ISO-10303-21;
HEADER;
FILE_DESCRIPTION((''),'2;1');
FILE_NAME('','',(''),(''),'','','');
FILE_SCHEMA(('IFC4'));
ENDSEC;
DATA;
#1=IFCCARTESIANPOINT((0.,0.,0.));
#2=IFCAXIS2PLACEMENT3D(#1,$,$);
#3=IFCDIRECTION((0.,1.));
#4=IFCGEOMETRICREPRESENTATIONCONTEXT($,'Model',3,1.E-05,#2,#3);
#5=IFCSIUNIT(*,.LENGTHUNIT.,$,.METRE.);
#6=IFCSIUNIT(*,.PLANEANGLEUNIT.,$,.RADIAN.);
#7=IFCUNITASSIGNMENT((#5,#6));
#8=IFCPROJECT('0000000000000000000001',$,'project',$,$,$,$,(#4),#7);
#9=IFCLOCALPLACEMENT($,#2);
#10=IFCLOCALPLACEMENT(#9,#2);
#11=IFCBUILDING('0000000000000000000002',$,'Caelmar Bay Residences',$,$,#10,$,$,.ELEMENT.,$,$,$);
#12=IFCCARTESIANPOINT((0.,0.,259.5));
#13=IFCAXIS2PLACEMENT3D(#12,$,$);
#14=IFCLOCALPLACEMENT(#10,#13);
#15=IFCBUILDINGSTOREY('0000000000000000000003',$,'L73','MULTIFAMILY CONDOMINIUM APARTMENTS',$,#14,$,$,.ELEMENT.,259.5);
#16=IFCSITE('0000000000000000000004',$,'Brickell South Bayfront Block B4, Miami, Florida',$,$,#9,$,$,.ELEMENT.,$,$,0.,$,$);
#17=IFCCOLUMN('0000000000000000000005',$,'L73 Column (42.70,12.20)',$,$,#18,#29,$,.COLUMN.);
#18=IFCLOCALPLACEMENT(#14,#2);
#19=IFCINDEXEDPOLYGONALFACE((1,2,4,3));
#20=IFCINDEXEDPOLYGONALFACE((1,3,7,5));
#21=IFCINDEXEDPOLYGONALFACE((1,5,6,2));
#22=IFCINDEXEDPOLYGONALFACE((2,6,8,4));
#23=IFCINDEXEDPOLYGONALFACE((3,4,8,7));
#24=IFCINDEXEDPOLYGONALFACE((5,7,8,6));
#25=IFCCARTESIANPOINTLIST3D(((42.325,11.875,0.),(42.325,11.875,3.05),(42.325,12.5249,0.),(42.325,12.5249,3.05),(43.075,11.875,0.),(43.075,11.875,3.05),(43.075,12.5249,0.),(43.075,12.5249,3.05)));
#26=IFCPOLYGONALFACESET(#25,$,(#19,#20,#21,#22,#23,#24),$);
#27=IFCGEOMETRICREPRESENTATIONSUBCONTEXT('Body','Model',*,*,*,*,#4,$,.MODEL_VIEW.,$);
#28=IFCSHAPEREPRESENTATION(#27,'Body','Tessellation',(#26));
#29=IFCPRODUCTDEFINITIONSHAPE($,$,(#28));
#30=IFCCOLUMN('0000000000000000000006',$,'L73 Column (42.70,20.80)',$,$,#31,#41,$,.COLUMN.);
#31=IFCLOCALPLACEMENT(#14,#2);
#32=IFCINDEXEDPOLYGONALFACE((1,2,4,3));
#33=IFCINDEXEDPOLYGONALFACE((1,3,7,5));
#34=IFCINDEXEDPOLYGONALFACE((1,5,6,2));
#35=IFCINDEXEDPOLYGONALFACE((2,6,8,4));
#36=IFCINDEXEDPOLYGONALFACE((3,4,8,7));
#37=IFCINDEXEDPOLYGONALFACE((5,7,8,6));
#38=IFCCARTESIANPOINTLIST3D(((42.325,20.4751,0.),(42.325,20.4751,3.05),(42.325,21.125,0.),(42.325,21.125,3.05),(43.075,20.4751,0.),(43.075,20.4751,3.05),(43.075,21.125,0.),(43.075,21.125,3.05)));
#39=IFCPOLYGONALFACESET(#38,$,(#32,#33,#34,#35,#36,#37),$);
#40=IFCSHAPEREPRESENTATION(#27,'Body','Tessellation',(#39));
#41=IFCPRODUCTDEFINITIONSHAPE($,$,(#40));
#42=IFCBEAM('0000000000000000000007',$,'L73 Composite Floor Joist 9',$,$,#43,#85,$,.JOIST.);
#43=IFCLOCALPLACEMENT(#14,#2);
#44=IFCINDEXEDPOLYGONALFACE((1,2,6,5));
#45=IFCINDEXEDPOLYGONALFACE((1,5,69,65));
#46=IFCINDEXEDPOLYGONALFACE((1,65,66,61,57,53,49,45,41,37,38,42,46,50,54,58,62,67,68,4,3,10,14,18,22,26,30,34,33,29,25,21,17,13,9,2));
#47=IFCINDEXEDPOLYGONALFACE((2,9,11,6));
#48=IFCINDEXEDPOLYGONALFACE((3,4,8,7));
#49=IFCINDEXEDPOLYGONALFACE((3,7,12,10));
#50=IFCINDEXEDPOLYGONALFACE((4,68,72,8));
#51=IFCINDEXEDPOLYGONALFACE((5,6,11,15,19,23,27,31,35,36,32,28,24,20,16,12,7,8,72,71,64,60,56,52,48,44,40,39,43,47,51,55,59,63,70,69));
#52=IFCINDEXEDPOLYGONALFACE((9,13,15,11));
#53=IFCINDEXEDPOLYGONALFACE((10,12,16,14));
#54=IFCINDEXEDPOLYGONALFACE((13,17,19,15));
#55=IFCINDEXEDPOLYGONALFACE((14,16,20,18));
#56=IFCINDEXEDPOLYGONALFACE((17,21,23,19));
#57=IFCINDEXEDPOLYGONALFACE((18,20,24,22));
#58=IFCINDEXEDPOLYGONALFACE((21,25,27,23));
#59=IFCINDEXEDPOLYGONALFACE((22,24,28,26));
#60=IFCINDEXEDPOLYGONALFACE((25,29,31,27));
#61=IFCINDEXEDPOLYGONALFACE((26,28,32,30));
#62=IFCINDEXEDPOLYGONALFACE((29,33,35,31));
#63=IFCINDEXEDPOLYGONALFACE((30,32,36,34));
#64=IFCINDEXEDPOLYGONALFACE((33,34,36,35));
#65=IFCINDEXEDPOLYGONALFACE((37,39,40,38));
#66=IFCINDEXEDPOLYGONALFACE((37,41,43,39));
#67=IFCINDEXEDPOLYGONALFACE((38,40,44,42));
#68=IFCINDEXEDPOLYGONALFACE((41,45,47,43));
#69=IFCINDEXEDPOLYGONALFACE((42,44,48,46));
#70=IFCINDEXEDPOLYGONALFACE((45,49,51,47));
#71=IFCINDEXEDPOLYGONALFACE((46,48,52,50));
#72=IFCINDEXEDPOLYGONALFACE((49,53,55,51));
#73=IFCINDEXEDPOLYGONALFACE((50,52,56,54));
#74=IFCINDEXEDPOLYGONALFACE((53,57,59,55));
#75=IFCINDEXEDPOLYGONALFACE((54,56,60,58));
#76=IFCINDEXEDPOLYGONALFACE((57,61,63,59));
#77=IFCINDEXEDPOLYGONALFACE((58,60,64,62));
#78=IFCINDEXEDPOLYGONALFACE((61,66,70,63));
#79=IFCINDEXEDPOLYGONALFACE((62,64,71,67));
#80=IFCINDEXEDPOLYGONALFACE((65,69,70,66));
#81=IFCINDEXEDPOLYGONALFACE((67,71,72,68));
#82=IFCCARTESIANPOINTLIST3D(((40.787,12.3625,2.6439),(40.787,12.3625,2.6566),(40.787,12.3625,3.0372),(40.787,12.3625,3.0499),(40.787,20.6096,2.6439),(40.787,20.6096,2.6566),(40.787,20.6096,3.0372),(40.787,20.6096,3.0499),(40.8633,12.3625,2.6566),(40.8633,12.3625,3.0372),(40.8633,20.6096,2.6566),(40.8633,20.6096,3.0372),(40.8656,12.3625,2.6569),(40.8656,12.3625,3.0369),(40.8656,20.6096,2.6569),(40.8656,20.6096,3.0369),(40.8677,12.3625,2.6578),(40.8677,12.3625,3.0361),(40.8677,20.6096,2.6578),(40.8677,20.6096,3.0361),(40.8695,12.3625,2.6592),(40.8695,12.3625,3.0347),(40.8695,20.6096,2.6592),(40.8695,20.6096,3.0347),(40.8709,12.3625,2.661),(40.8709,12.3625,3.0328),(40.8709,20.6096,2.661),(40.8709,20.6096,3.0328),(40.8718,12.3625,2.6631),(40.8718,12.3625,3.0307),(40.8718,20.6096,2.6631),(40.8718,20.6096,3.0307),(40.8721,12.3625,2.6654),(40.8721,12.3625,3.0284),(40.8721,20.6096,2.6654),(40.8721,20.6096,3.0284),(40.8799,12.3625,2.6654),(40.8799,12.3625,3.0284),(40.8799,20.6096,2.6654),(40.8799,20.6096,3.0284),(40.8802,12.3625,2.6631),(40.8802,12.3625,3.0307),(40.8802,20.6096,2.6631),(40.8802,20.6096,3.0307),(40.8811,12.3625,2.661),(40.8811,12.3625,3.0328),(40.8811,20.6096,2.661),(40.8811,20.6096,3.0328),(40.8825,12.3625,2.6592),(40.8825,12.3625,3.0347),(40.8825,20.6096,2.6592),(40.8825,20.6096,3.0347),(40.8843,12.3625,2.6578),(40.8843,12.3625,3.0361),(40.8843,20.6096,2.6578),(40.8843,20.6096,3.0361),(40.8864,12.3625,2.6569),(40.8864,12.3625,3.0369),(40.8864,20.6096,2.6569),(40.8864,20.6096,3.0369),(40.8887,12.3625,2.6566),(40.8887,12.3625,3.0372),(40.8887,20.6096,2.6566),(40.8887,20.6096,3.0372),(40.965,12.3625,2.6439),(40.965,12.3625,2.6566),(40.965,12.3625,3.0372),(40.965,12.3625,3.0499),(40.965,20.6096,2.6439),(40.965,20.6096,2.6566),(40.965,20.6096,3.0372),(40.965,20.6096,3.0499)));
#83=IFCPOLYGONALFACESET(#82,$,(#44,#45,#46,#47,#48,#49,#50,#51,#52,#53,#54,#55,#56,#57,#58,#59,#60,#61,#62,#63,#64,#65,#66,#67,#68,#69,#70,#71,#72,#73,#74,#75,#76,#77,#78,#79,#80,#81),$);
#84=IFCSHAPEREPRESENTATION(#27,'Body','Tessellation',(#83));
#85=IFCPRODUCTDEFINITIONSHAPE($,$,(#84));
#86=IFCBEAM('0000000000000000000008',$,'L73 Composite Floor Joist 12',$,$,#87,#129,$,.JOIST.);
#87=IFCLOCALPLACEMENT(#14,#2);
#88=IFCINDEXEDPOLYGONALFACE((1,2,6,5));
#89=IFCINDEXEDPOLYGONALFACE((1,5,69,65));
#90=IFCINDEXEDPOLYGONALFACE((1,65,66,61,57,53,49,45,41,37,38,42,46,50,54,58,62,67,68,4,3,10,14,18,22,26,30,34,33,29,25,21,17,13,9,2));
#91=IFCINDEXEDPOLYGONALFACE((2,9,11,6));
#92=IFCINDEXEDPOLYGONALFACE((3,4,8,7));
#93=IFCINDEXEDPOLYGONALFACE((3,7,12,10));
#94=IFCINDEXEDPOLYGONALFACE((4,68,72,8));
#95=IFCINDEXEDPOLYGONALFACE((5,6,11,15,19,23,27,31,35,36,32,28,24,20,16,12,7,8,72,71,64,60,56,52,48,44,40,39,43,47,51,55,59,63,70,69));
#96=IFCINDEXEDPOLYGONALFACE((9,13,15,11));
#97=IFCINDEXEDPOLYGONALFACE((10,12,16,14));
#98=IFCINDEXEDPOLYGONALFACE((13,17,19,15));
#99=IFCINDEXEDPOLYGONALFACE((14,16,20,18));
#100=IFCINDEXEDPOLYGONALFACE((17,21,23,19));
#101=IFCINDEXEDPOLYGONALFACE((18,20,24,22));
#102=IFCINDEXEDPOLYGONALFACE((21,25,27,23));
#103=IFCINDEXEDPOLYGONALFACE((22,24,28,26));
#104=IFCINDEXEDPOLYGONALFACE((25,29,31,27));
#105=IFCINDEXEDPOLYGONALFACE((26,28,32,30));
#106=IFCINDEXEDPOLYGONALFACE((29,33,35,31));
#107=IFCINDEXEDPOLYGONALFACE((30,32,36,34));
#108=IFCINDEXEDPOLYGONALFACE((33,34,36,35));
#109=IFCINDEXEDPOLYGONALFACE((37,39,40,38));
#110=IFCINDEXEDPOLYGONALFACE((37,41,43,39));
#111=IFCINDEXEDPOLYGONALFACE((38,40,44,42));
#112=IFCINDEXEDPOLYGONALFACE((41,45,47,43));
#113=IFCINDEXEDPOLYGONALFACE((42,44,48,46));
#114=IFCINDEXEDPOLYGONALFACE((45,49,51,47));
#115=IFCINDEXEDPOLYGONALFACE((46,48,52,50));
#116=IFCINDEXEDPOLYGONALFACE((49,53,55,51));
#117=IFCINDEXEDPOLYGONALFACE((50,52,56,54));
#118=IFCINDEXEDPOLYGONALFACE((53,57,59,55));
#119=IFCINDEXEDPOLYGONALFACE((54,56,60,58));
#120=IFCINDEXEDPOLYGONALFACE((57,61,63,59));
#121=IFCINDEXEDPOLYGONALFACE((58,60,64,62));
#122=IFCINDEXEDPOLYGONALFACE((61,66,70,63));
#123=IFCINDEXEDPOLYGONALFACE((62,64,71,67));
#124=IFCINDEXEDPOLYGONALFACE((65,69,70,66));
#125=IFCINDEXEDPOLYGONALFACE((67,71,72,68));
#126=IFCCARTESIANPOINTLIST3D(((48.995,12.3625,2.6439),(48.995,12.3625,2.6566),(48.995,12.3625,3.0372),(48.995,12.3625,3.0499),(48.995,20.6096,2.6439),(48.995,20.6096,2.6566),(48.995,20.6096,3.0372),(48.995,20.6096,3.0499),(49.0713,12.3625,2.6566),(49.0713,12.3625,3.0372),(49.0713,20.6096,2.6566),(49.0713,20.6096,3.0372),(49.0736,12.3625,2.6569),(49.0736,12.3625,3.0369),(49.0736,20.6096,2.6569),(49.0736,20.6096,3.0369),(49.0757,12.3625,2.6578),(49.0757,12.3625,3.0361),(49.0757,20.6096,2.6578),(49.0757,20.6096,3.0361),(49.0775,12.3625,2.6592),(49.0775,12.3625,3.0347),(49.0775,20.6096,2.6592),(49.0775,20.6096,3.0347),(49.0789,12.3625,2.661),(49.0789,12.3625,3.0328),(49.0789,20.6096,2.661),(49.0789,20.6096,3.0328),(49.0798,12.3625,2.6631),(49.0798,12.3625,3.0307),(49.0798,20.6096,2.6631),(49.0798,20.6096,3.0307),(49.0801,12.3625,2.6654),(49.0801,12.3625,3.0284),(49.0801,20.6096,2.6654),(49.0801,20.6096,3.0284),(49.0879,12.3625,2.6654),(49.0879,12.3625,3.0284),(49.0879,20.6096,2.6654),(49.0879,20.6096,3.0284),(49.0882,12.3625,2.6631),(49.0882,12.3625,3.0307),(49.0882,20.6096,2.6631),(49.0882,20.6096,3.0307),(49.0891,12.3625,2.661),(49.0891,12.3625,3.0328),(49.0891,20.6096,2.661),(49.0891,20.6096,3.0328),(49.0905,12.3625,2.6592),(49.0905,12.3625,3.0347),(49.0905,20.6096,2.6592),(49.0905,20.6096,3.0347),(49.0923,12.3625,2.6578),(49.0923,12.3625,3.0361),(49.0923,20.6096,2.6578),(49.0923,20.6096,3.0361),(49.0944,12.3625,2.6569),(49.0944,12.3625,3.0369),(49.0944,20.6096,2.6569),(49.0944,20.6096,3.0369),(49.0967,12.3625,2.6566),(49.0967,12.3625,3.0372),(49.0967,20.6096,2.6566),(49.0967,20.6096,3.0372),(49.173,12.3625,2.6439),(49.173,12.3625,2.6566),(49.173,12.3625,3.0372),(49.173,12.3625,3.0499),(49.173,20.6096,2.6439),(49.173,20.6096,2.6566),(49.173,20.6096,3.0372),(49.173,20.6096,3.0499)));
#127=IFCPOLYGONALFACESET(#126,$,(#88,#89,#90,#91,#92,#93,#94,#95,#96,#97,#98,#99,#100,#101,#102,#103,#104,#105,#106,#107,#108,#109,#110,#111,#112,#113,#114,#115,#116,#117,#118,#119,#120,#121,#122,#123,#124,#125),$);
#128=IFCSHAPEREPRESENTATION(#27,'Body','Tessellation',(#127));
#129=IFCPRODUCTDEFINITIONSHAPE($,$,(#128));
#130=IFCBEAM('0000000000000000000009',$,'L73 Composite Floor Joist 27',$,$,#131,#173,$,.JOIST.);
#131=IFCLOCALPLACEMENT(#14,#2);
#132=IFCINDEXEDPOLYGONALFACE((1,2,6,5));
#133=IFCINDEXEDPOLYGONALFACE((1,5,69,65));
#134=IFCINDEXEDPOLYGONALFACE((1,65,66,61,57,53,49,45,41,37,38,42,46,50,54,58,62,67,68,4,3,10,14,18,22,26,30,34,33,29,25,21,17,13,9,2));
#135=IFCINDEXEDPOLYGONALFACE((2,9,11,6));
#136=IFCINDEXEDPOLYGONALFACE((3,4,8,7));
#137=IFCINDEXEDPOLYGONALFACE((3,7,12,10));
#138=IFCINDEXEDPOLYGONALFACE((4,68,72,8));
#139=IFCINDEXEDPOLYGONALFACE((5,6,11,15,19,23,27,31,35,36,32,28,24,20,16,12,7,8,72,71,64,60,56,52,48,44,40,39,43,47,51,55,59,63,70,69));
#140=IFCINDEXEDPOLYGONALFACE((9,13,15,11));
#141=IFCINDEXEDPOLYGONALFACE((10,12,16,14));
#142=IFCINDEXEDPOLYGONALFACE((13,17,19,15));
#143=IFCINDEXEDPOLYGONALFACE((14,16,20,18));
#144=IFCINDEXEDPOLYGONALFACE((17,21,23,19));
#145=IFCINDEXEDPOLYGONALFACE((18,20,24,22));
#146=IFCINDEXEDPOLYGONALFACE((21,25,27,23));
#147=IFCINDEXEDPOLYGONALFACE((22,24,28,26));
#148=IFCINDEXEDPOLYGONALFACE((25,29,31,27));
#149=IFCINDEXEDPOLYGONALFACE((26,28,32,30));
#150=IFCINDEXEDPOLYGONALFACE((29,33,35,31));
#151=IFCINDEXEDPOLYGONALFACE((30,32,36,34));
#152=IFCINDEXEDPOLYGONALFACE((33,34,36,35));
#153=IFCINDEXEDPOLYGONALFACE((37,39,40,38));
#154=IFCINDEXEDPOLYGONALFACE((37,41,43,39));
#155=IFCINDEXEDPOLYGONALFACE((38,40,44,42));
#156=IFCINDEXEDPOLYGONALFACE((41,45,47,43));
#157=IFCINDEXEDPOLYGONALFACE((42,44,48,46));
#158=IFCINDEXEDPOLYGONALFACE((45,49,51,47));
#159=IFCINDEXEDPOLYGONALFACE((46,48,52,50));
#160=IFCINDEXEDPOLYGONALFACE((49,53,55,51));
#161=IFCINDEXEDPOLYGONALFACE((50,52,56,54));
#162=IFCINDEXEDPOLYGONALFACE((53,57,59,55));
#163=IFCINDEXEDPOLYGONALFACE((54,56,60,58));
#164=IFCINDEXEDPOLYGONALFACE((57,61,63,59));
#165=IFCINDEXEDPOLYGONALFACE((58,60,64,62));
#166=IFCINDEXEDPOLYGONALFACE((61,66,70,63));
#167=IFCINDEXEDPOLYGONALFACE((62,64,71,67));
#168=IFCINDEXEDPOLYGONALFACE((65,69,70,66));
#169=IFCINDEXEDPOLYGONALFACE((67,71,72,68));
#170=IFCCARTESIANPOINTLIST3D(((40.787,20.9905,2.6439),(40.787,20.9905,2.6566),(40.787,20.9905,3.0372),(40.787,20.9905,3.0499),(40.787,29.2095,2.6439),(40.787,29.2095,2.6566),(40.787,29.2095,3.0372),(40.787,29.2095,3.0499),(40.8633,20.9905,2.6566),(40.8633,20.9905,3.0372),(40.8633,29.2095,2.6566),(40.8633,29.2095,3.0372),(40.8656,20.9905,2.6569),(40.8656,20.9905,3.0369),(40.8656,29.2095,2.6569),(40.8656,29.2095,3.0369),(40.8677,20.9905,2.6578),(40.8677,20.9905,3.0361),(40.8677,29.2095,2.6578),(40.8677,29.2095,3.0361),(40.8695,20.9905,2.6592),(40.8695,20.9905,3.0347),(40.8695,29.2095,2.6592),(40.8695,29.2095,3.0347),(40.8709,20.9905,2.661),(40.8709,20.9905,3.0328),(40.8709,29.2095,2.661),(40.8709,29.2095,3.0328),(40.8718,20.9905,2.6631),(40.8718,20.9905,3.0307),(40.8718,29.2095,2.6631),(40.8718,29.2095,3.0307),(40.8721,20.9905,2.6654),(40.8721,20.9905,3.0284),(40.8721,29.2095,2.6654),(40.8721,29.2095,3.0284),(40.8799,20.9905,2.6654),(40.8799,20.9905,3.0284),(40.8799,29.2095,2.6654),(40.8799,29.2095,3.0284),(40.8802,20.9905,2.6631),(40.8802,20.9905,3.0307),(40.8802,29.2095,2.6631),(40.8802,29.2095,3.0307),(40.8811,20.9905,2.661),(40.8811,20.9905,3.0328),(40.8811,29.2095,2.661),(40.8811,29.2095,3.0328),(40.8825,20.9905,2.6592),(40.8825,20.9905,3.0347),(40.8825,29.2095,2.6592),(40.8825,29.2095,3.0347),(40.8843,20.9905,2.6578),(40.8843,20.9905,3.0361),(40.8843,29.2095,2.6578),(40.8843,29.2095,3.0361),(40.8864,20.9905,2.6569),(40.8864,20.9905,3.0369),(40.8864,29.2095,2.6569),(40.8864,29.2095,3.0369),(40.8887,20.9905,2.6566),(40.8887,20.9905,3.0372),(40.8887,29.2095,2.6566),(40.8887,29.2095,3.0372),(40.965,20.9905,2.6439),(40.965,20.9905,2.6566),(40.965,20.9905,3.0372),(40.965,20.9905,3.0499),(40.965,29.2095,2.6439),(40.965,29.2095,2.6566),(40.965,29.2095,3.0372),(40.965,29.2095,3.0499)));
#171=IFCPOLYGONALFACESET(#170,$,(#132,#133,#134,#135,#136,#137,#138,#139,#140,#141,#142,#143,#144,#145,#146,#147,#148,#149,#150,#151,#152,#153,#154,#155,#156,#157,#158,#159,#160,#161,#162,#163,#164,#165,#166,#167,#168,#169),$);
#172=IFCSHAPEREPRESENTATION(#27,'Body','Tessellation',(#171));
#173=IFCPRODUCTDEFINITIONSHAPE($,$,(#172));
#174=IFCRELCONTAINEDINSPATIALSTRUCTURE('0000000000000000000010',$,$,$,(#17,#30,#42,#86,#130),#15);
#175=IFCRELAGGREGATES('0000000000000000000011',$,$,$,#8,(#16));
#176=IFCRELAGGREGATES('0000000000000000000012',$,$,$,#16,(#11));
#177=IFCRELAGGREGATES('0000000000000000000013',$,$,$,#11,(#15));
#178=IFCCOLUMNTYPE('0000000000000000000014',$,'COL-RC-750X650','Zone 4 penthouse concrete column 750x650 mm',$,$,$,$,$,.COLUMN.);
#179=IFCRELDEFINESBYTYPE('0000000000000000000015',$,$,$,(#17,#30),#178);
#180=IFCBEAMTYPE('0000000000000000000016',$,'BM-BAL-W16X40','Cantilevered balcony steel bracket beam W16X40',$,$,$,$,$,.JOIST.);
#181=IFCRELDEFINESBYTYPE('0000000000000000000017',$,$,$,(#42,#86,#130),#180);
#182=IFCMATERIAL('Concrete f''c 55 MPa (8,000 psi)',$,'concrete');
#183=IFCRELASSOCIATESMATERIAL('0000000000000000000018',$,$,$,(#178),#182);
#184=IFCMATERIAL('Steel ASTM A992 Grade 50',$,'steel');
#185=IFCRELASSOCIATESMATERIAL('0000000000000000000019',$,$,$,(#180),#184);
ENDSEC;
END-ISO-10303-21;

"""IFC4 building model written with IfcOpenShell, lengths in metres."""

from ifc_helpers import new_model, si_unit, direction, frame, origin, origin_2d, place, context, subcontext, project, spatial, rectangle, i_section, extrude, material, material_profile, profile_set, type_object, element, save


model = new_model("IFC4")

# Units and contexts
model_context = context("Model", 3, precision=1e-05, world=origin(), true_north=direction((0.0, 1.0)))
body_context = subcontext(model_context, "Body", "Model", "MODEL_VIEW")
ifc_project = project(units=[si_unit("LENGTHUNIT", "METRE"), si_unit("PLANEANGLEUNIT", "RADIAN")], contexts=[model_context])

# Site, building, storey
site_placement = place(None, origin())
site = spatial("IfcSite", under=ifc_project, at=site_placement, Name="Brickell South Bayfront Block B4, Miami, Florida", CompositionType="ELEMENT", RefElevation=0.0)
building_placement = place(site_placement, origin())
building = spatial("IfcBuilding", under=site, at=building_placement, Name="Caelmar Bay Residences", CompositionType="ELEMENT")
storey_placement = place(building_placement, frame((0.0, 0.0, 259.5)))
storey = spatial("IfcBuildingStorey", under=building, at=storey_placement, Name="L73", Description="MULTIFAMILY CONDOMINIUM APARTMENTS", CompositionType="ELEMENT", Elevation=259.5)

# Columns
ifc_material_1 = material(Name="Concrete f'c 55 MPa (8,000 psi)", Category="concrete")
ifc_material_profile_1 = material_profile(ifc_material_1, rectangle(XDim=0.75, YDim=0.6499, at=origin_2d()), Name="RC-COL-750X650")
ifc_profile_set_1 = profile_set([ifc_material_profile_1], Name="Concrete f'c 55 MPa (8,000 psi)")
column_type = type_object("IfcColumnType", Name="COL-RC-750X650", Description="Zone 4 penthouse concrete column 750x650 mm", PredefinedType="COLUMN", material=ifc_profile_set_1)
for number, where, z_axis, x_axis, name in (
    (1, (42.7, 12.2, 0.0), (0.0, 0.0, 1.0), (1.0, 0.0, 0.0), "L73 Column (42.70,12.20)"),
    (2, (42.7, 20.8, 0.0), (0.0, 0.0, 1.0), (1.0, 0.0, 0.0), "L73 Column (42.70,20.80)"),
):
    element("IfcColumn", number, at=place(storey_placement, frame(where, z_axis=z_axis, x_axis=x_axis)), inside=storey, type_object=column_type, Name=name, PredefinedType="COLUMN", context=body_context, shape_type="SweptSolid", body=[
        extrude(rectangle(XDim=0.75, YDim=0.6499, at=origin_2d()), origin(), (0.0, 0.0, 1.0), 3.05),
    ])

# Beams
ifc_material_2 = material(Name="Steel ASTM A992 Grade 50", Category="steel")
ifc_material_profile_2 = material_profile(ifc_material_2, i_section(OverallWidth=0.178, OverallDepth=0.406, WebThickness=0.0078, FlangeThickness=0.0127, FilletRadius=0.0088, at=origin_2d()), Name="W16X40")
ifc_profile_set_2 = profile_set([ifc_material_profile_2], Name="Steel ASTM A992 Grade 50")
beam_type_1 = type_object("IfcBeamType", Name="BM-BAL-W16X40", Description="Cantilevered balcony steel bracket beam W16X40", PredefinedType="JOIST", material=ifc_profile_set_2)
for number, where, z_axis, x_axis, name in (
    (3, (40.876, 12.3625, 2.8469), (0.0, 1.0, 0.0), (-1.0, 0.0, 0.0), "L73 Composite Floor Joist 9"),
    (4, (49.084, 12.3625, 2.8469), (0.0, 1.0, 0.0), (-1.0, 0.0, 0.0), "L73 Composite Floor Joist 12"),
):
    element("IfcBeam", number, at=place(storey_placement, frame(where, z_axis=z_axis, x_axis=x_axis)), inside=storey, type_object=beam_type_1, Name=name, PredefinedType="JOIST", context=body_context, shape_type="SweptSolid", body=[
        extrude(i_section(OverallWidth=0.178, OverallDepth=0.406, WebThickness=0.0078, FlangeThickness=0.0127, FilletRadius=0.0088, at=origin_2d()), origin(), (0.0, 0.0, 1.0), 8.2471),
    ])
for number, where, z_axis, x_axis, name in (
    (5, (40.876, 20.9905, 2.8469), (0.0, 1.0, 0.0), (-1.0, 0.0, 0.0), "L73 Composite Floor Joist 27"),
):
    element("IfcBeam", number, at=place(storey_placement, frame(where, z_axis=z_axis, x_axis=x_axis)), inside=storey, type_object=beam_type_1, Name=name, PredefinedType="JOIST", context=body_context, shape_type="SweptSolid", body=[
        extrude(i_section(OverallWidth=0.178, OverallDepth=0.406, WebThickness=0.0078, FlangeThickness=0.0127, FilletRadius=0.0088, at=origin_2d()), origin(), (0.0, 0.0, 1.0), 8.219),
    ])

save(model, "model.ifc")
